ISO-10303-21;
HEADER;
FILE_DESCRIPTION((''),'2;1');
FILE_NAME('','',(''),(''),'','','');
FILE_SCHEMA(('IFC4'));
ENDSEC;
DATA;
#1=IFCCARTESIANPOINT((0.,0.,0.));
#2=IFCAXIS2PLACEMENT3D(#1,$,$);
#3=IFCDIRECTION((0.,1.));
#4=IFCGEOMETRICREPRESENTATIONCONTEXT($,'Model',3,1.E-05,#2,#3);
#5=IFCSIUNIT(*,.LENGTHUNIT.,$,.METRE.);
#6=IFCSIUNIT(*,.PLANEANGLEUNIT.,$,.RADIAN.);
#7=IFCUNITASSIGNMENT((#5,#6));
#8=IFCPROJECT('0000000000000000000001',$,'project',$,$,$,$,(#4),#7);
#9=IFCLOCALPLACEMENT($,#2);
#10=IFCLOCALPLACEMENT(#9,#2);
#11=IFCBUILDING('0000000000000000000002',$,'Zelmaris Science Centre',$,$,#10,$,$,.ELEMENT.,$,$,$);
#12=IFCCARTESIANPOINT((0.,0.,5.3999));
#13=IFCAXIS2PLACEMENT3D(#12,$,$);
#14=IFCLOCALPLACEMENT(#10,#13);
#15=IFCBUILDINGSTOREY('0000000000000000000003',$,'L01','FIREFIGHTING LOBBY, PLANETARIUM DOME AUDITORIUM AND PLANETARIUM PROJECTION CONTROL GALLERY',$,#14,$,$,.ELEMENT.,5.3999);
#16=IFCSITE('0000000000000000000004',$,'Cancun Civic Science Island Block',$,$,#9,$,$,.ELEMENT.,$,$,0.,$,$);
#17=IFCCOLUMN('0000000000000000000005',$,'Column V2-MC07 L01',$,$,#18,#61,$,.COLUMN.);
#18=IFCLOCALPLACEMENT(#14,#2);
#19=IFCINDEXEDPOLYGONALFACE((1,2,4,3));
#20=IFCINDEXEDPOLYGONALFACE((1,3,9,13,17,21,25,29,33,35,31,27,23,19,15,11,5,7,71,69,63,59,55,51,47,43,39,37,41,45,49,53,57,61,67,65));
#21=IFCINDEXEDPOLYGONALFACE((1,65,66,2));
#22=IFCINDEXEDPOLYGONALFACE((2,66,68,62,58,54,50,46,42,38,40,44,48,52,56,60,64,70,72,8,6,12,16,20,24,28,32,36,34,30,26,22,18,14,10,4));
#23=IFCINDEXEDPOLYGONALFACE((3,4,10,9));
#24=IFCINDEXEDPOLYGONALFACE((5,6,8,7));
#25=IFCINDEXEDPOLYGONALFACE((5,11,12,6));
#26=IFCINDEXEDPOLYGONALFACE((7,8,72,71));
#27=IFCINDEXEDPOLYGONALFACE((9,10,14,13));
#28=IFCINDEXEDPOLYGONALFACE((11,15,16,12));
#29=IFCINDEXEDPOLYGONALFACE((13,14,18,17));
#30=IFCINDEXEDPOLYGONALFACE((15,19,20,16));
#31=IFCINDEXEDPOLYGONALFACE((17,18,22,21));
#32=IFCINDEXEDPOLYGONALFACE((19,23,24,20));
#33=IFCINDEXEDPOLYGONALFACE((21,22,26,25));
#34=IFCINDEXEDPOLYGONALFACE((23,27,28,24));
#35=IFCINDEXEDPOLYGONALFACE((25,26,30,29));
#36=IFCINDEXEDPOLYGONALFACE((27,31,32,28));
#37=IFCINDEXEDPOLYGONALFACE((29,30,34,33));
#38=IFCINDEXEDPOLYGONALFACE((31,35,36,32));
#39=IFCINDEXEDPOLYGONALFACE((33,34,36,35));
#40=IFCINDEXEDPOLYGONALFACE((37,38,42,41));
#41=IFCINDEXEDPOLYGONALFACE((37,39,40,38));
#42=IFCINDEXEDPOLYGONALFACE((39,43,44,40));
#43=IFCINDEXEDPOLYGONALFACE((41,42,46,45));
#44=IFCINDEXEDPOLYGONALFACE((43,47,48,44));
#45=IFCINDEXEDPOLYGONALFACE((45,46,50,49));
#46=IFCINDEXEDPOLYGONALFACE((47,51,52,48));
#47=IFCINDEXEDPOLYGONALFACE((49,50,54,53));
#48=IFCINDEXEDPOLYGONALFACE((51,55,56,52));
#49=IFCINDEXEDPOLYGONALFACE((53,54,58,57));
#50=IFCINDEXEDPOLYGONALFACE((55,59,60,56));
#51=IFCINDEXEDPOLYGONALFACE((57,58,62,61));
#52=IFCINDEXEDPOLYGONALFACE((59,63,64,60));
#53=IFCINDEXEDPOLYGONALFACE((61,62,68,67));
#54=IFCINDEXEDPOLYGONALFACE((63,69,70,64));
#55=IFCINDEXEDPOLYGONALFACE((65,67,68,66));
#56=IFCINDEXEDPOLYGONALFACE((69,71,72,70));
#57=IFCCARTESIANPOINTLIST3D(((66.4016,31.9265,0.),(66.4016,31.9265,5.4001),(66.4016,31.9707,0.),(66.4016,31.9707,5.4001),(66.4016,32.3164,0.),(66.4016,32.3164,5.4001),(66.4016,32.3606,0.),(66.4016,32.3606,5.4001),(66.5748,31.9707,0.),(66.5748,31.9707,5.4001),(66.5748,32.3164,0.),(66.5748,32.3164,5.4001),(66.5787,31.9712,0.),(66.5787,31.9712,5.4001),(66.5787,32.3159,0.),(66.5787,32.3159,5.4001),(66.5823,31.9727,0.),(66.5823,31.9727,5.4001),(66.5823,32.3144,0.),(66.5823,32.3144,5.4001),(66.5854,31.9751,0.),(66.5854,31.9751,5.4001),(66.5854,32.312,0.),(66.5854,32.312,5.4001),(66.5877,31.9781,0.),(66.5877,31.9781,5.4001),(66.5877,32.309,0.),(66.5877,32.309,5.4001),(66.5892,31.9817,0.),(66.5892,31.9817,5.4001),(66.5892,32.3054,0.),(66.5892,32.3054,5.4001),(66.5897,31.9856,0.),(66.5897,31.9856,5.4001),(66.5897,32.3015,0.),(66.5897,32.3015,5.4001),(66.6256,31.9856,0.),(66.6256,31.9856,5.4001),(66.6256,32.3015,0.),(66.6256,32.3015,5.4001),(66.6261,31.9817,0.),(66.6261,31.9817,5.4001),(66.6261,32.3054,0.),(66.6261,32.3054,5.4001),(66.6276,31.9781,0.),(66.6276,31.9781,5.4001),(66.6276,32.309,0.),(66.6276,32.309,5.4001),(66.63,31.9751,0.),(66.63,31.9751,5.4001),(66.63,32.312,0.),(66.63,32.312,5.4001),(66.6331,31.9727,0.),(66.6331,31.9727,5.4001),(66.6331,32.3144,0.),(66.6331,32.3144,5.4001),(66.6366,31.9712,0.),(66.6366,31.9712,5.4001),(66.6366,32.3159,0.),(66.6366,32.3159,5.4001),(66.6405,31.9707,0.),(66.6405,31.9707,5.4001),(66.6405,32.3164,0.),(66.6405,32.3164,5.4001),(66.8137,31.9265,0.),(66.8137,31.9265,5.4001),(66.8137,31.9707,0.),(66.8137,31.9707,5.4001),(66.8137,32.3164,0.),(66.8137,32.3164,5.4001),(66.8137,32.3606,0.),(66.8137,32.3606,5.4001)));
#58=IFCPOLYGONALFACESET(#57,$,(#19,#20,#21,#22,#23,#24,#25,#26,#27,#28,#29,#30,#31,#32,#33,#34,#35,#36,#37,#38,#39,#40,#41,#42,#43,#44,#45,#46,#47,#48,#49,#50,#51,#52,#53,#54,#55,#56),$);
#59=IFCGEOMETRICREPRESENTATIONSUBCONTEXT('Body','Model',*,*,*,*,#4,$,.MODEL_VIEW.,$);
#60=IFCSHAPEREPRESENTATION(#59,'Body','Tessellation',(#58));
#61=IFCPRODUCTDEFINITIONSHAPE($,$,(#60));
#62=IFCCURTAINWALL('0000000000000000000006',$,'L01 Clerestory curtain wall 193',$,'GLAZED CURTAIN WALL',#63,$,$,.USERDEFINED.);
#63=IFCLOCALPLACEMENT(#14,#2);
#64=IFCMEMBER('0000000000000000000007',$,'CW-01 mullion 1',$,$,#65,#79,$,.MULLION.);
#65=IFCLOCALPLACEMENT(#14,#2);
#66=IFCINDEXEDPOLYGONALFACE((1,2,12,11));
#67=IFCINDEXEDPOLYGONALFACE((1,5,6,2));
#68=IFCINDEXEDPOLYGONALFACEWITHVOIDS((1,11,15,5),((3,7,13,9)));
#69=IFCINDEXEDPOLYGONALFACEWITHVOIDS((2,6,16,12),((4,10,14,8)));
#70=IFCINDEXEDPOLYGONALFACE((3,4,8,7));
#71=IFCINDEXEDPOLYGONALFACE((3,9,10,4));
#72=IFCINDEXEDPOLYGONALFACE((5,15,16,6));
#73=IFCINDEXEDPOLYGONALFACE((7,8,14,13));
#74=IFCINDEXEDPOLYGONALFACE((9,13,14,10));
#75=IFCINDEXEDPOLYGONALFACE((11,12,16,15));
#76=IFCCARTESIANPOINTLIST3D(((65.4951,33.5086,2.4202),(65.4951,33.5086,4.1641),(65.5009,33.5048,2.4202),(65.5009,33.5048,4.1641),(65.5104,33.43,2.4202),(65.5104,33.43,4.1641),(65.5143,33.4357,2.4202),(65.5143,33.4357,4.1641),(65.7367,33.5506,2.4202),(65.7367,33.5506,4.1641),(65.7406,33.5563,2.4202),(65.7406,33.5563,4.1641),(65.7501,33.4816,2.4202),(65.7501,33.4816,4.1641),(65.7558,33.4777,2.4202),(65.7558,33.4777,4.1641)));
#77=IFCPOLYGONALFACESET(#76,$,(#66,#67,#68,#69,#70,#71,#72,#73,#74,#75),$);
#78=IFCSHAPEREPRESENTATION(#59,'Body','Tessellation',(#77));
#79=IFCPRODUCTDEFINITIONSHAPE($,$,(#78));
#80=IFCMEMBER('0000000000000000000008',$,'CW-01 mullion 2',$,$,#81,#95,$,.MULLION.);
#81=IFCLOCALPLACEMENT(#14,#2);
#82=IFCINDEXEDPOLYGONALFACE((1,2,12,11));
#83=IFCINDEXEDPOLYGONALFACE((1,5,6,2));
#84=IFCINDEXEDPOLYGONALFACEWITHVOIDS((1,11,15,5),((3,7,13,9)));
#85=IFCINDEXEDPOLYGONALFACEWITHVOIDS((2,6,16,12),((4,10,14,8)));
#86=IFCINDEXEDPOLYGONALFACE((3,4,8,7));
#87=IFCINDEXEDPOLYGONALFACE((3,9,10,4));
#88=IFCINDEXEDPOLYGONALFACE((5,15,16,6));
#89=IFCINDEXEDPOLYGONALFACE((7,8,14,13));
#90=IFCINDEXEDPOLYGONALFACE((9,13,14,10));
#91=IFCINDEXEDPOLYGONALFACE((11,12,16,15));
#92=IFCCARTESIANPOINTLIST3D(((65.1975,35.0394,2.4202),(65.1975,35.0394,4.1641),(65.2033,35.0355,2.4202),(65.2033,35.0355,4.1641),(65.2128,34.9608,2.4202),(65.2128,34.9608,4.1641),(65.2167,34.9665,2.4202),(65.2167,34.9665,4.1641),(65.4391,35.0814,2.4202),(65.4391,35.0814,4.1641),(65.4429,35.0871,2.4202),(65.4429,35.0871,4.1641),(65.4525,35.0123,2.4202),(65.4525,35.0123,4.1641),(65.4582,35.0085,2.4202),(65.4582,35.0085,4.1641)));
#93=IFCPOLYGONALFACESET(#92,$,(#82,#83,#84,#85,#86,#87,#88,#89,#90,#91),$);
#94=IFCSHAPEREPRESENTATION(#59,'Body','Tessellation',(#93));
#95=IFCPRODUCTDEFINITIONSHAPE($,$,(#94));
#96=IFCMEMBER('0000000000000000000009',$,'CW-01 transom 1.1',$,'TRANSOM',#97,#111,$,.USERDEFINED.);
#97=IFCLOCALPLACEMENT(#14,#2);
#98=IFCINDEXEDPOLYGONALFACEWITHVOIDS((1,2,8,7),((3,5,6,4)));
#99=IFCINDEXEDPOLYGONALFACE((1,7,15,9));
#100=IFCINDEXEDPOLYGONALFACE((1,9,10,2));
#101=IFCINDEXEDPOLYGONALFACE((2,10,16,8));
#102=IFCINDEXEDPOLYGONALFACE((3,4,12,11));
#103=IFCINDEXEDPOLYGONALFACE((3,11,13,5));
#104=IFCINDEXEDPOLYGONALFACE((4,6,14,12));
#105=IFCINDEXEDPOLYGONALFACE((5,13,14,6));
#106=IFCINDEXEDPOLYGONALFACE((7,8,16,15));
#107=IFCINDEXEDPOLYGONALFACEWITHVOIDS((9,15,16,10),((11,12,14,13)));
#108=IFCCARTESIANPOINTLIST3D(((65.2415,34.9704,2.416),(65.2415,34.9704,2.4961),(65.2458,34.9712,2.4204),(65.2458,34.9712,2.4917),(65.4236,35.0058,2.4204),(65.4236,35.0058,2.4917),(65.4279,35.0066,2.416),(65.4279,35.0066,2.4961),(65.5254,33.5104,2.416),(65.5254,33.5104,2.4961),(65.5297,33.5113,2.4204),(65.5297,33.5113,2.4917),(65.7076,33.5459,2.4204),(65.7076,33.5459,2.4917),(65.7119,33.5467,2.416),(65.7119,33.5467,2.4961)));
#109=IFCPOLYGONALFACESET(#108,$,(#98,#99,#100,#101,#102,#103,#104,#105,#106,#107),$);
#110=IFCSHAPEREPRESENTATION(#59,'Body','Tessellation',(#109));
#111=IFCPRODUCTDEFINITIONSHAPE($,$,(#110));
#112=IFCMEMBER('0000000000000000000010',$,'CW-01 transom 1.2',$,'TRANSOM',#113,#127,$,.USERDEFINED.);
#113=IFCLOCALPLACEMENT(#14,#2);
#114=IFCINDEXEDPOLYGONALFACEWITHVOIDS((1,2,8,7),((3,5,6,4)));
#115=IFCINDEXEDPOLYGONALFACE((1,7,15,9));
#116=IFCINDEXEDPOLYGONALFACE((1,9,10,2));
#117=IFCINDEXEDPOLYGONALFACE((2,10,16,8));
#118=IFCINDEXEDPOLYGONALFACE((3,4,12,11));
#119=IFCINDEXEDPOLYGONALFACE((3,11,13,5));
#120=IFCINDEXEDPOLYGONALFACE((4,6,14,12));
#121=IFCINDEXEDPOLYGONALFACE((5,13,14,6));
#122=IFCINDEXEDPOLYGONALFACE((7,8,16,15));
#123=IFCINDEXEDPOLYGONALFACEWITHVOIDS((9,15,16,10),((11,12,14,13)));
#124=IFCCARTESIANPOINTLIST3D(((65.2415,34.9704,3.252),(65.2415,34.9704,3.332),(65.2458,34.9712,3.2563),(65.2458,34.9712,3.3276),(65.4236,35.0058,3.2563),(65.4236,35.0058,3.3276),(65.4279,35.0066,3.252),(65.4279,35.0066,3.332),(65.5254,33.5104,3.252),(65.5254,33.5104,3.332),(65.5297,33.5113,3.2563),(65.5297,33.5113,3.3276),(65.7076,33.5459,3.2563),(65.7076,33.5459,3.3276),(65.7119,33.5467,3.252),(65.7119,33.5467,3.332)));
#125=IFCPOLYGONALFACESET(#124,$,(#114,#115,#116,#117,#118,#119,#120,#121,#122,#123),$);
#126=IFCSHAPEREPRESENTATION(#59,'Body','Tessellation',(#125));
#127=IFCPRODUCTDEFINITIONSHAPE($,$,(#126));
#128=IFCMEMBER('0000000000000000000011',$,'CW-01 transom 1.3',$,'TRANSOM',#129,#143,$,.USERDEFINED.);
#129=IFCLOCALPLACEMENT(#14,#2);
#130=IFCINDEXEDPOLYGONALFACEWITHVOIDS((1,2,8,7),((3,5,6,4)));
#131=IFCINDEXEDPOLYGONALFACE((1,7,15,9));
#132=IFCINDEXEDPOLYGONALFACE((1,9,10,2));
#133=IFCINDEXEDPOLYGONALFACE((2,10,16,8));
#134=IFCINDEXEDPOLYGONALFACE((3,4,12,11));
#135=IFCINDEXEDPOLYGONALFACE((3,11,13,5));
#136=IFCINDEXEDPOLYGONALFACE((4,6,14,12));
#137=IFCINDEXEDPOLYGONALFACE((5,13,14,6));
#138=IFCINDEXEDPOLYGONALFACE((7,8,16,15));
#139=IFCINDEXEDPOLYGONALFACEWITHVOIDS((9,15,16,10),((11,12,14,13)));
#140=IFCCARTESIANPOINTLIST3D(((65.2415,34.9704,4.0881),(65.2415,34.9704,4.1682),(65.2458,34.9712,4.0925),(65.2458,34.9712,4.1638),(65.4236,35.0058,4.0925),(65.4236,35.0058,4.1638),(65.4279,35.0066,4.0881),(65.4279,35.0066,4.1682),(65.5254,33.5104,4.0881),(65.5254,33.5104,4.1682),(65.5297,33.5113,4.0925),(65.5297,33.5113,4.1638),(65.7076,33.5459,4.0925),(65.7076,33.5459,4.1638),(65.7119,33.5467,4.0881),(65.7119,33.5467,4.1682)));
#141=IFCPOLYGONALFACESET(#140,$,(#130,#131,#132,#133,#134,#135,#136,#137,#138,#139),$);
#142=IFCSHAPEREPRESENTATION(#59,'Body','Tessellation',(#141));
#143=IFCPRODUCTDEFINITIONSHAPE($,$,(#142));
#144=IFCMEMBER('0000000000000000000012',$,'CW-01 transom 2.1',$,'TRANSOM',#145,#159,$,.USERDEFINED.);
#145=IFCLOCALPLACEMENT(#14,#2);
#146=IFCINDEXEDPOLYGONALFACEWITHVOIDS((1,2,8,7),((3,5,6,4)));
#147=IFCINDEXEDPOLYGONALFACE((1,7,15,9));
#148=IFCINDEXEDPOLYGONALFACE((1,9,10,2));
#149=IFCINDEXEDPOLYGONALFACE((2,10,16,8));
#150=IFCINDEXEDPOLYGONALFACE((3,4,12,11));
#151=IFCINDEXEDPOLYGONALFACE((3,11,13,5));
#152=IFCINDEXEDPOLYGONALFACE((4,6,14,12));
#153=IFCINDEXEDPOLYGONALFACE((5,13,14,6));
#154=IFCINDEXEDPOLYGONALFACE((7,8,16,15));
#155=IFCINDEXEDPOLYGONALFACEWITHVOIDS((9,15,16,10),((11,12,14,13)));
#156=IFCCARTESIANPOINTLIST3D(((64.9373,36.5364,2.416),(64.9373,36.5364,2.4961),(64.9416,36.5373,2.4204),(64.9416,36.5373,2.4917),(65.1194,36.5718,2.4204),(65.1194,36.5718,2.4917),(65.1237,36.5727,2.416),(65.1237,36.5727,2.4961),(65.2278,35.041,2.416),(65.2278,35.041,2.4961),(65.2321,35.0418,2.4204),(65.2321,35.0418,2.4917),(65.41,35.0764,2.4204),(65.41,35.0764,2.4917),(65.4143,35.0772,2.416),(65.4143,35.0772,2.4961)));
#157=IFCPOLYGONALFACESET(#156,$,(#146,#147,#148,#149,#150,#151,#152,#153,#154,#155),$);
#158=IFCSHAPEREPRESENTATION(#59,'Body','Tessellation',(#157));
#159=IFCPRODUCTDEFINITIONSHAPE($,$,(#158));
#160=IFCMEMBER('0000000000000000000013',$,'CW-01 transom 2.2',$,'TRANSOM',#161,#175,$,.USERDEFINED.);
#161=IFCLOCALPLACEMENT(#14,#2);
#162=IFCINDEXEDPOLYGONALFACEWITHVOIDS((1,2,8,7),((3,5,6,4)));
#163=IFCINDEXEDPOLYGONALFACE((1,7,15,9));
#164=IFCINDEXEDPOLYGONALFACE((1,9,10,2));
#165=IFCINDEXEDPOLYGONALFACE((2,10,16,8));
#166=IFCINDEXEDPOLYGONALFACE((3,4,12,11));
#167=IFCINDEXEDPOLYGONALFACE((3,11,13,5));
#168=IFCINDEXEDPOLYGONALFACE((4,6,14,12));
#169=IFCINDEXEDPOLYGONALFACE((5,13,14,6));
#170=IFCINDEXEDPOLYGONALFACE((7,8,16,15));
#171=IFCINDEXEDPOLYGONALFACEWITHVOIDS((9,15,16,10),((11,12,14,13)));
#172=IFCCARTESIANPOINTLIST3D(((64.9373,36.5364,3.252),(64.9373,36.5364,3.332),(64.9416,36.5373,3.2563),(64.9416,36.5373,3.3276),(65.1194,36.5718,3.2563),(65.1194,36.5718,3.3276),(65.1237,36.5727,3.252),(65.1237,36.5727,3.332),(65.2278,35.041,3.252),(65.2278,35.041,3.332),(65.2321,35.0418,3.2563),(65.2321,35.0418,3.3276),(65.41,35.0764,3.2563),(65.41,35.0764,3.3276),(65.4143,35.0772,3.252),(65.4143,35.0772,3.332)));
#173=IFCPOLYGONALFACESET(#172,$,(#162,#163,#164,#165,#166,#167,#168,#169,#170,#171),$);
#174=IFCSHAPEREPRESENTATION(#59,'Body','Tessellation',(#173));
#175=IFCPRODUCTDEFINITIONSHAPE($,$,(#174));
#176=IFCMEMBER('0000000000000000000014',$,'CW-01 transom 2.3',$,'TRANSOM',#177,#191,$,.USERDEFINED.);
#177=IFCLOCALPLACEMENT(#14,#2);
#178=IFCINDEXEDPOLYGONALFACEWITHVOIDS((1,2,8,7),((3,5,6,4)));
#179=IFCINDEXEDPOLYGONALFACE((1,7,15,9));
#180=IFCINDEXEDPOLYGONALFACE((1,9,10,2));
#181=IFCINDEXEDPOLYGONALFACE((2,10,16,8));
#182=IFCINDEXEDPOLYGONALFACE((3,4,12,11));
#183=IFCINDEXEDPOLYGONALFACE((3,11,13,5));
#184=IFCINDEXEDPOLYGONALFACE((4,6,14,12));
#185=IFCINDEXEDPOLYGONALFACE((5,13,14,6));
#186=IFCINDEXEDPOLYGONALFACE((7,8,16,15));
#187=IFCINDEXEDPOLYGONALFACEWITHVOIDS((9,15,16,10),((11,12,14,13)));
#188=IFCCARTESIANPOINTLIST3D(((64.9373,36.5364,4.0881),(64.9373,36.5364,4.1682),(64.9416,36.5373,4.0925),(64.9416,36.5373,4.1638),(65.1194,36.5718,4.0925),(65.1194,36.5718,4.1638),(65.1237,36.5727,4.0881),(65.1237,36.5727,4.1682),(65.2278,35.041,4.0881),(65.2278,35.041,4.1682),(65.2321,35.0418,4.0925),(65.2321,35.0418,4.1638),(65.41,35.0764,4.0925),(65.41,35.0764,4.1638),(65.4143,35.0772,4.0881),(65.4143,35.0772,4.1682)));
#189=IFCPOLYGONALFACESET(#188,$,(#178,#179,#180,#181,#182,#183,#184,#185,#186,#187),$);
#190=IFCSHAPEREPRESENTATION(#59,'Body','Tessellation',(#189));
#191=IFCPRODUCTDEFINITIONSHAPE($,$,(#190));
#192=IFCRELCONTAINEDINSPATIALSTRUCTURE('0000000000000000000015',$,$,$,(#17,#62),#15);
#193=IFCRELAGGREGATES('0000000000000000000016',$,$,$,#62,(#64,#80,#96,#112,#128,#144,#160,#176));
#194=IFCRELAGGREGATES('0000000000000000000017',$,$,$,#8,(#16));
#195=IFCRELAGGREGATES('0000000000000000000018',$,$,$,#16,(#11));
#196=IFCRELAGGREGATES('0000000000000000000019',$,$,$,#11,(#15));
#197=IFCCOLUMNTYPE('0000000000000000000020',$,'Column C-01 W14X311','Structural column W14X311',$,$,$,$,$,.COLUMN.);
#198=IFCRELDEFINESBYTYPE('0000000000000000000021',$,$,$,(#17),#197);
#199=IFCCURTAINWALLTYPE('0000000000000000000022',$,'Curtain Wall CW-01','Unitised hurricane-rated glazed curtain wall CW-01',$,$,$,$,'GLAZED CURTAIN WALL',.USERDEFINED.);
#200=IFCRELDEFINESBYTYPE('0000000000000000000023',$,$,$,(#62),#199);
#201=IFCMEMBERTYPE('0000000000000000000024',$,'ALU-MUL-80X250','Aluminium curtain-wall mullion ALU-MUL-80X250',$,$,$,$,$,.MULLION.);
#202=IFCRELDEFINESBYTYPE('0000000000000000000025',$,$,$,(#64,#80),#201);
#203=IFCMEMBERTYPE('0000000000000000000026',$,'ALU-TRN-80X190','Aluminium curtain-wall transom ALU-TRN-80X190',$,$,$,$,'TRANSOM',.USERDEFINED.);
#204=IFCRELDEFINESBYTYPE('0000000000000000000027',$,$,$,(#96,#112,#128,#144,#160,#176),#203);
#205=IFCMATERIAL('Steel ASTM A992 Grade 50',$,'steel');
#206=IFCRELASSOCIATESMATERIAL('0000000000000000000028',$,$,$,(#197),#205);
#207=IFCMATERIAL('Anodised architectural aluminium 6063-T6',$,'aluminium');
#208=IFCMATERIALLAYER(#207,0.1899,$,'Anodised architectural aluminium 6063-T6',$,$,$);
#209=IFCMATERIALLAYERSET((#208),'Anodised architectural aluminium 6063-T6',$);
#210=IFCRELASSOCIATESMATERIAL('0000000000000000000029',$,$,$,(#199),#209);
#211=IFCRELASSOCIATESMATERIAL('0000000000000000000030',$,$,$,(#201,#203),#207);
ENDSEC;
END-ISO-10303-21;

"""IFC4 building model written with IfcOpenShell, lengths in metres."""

from ifc_helpers import new_model, si_unit, direction, frame, origin, origin_2d, place, context, subcontext, project, spatial, hollow_rectangle, i_section, extrude, material, layer, layer_set, material_profile, profile_set, type_object, element, aggregate, save


model = new_model("IFC4")

# Units and contexts
model_context = context("Model", 3, precision=1e-05, world=origin(), true_north=direction((0.0, 1.0)))
body_context = subcontext(model_context, "Body", "Model", "MODEL_VIEW")
ifc_project = project(units=[si_unit("LENGTHUNIT", "METRE"), si_unit("PLANEANGLEUNIT", "RADIAN")], contexts=[model_context])

# Site, building, storey
site_placement = place(None, origin())
site = spatial("IfcSite", under=ifc_project, at=site_placement, Name="Cancun Civic Science Island Block", CompositionType="ELEMENT", RefElevation=0.0)
building_placement = place(site_placement, origin())
building = spatial("IfcBuilding", under=site, at=building_placement, Name="Zelmaris Science Centre", CompositionType="ELEMENT")
storey_placement = place(building_placement, frame((0.0, 0.0, 5.3999)))
storey = spatial("IfcBuildingStorey", under=building, at=storey_placement, Name="L01", Description="FIREFIGHTING LOBBY, PLANETARIUM DOME AUDITORIUM AND PLANETARIUM PROJECTION CONTROL GALLERY", CompositionType="ELEMENT", Elevation=5.3999)

# Column
ifc_material_1 = material(Name="Steel ASTM A992 Grade 50", Category="steel")
ifc_material_profile_1 = material_profile(ifc_material_1, i_section(OverallWidth=0.4121, OverallDepth=0.4341, WebThickness=0.0359, FlangeThickness=0.0442, FilletRadius=0.0149, at=origin_2d()), Name="W14X311")
ifc_profile_set_1 = profile_set([ifc_material_profile_1], Name="Steel ASTM A992 Grade 50")
column_type = type_object("IfcColumnType", Name="Column C-01 W14X311", Description="Structural column W14X311", PredefinedType="COLUMN", material=ifc_profile_set_1)
column_placement = place(storey_placement, frame((66.6077, 32.1436, 0.0), z_axis=(0.0, 0.0, 1.0), x_axis=(1.0, 0.0, 0.0)))
element("IfcColumn", 1, at=column_placement, inside=storey, type_object=column_type, Name="Column V2-MC07 L01", PredefinedType="COLUMN", context=body_context, shape_type="SweptSolid", body=[
    extrude(i_section(OverallWidth=0.4121, OverallDepth=0.4341, WebThickness=0.0359, FlangeThickness=0.0442, FilletRadius=0.0149, at=origin_2d()), origin(), (0.0, 0.0, 1.0), 5.4001),
])

# Curtain wall, members
ifc_material_2 = material(Name="Anodised architectural aluminium 6063-T6", Category="aluminium")
ifc_layer_1 = layer(ifc_material_2, 0.1899, Name="Anodised architectural aluminium 6063-T6")
ifc_layer_set_1 = layer_set([ifc_layer_1], Name="Anodised architectural aluminium 6063-T6")
curtain_wall_type = type_object("IfcCurtainWallType", Name="Curtain Wall CW-01", Description="Unitised hurricane-rated glazed curtain wall CW-01", ElementType="GLAZED CURTAIN WALL", PredefinedType="USERDEFINED", material=ifc_layer_set_1)
curtain_wall_placement = place(storey_placement, origin())
curtain_wall = element("IfcCurtainWall", 2, at=curtain_wall_placement, inside=storey, type_object=curtain_wall_type, Name="L01 Clerestory curtain wall 193", ObjectType="GLAZED CURTAIN WALL", PredefinedType="USERDEFINED")
ifc_material_profile_2 = material_profile(ifc_material_2, hollow_rectangle(XDim=0.0801, YDim=0.25, WallThickness=0.0049, at=origin_2d()), Name="ALU-MUL-80X250")
ifc_profile_set_2 = profile_set([ifc_material_profile_2], Name="Anodised architectural aluminium 6063-T6")
member_type_1 = type_object("IfcMemberType", Name="ALU-MUL-80X250", Description="Aluminium curtain-wall mullion ALU-MUL-80X250", PredefinedType="MULLION", material=ifc_profile_set_2)
member_1_placement = place(storey_placement, frame((65.6255, 33.4932, 2.4202), z_axis=(0.0, 0.0, 1.0), x_axis=(-0.190802, 0.981629, 0.0)))
member_1 = element("IfcMember", 3, at=member_1_placement, type_object=member_type_1, Name="CW-01 mullion 1", PredefinedType="MULLION", context=body_context, shape_type="SweptSolid", body=[
    extrude(hollow_rectangle(XDim=0.0801, YDim=0.25, WallThickness=0.0049, at=origin_2d()), origin(), (0.0, 0.0, 1.0), 1.7439),
])
member_2_placement = place(storey_placement, frame((65.3279, 35.0239, 2.4202), z_axis=(0.0, 0.0, 1.0), x_axis=(-0.190802, 0.981629, 0.0)))
member_2 = element("IfcMember", 4, at=member_2_placement, type_object=member_type_1, Name="CW-01 mullion 2", PredefinedType="MULLION", context=body_context, shape_type="SweptSolid", body=[
    extrude(hollow_rectangle(XDim=0.0801, YDim=0.25, WallThickness=0.0049, at=origin_2d()), origin(), (0.0, 0.0, 1.0), 1.7439),
])
ifc_material_profile_3 = material_profile(ifc_material_2, hollow_rectangle(XDim=0.0801, YDim=0.1899, WallThickness=0.0044, at=origin_2d()), Name="ALU-TRN-80X190")
ifc_profile_set_3 = profile_set([ifc_material_profile_3], Name="Anodised architectural aluminium 6063-T6")
member_type_2 = type_object("IfcMemberType", Name="ALU-TRN-80X190", Description="Aluminium curtain-wall transom ALU-TRN-80X190", ElementType="TRANSOM", PredefinedType="USERDEFINED", material=ifc_profile_set_3)
member_3_placement = place(storey_placement, frame((65.6187, 33.5286, 2.4561), z_axis=(-0.190905, 0.981609, 0.0), x_axis=(0.0, 0.0, 1.0)))
member_3 = element("IfcMember", 5, at=member_3_placement, type_object=member_type_2, Name="CW-01 transom 1.1", ObjectType="TRANSOM", PredefinedType="USERDEFINED", context=body_context, shape_type="SweptSolid", body=[
    extrude(hollow_rectangle(XDim=0.0801, YDim=0.1899, WallThickness=0.0044, at=origin_2d()), origin(), (0.0, 0.0, 1.0), 1.4873),
])
member_4_placement = place(storey_placement, frame((65.6187, 33.5286, 3.292), z_axis=(-0.190905, 0.981609, 0.0), x_axis=(0.0, 0.0, 1.0)))
member_4 = element("IfcMember", 6, at=member_4_placement, type_object=member_type_2, Name="CW-01 transom 1.2", ObjectType="TRANSOM", PredefinedType="USERDEFINED", context=body_context, shape_type="SweptSolid", body=[
    extrude(hollow_rectangle(XDim=0.0801, YDim=0.1899, WallThickness=0.0044, at=origin_2d()), origin(), (0.0, 0.0, 1.0), 1.4873),
])
member_5_placement = place(storey_placement, frame((65.6187, 33.5286, 4.1282), z_axis=(-0.190905, 0.981609, 0.0), x_axis=(0.0, 0.0, 1.0)))
member_5 = element("IfcMember", 7, at=member_5_placement, type_object=member_type_2, Name="CW-01 transom 1.3", ObjectType="TRANSOM", PredefinedType="USERDEFINED", context=body_context, shape_type="SweptSolid", body=[
    extrude(hollow_rectangle(XDim=0.0801, YDim=0.1899, WallThickness=0.0044, at=origin_2d()), origin(), (0.0, 0.0, 1.0), 1.4873),
])
member_6_placement = place(storey_placement, frame((65.321, 35.0591, 2.4561), z_axis=(-0.19072, 0.981645, 0.0), x_axis=(0.0, 0.0, 1.0)))
member_6 = element("IfcMember", 8, at=member_6_placement, type_object=member_type_2, Name="CW-01 transom 2.1", ObjectType="TRANSOM", PredefinedType="USERDEFINED", context=body_context, shape_type="SweptSolid", body=[
    extrude(hollow_rectangle(XDim=0.0801, YDim=0.1899, WallThickness=0.0044, at=origin_2d()), origin(), (0.0, 0.0, 1.0), 1.5234),
])
member_7_placement = place(storey_placement, frame((65.321, 35.0591, 3.292), z_axis=(-0.19072, 0.981645, 0.0), x_axis=(0.0, 0.0, 1.0)))
member_7 = element("IfcMember", 9, at=member_7_placement, type_object=member_type_2, Name="CW-01 transom 2.2", ObjectType="TRANSOM", PredefinedType="USERDEFINED", context=body_context, shape_type="SweptSolid", body=[
    extrude(hollow_rectangle(XDim=0.0801, YDim=0.1899, WallThickness=0.0044, at=origin_2d()), origin(), (0.0, 0.0, 1.0), 1.5234),
])
member_8_placement = place(storey_placement, frame((65.321, 35.0591, 4.1282), z_axis=(-0.19072, 0.981645, 0.0), x_axis=(0.0, 0.0, 1.0)))
member_8 = element("IfcMember", 10, at=member_8_placement, type_object=member_type_2, Name="CW-01 transom 2.3", ObjectType="TRANSOM", PredefinedType="USERDEFINED", context=body_context, shape_type="SweptSolid", body=[
    extrude(hollow_rectangle(XDim=0.0801, YDim=0.1899, WallThickness=0.0044, at=origin_2d()), origin(), (0.0, 0.0, 1.0), 1.5234),
])

aggregate(curtain_wall, [member_1, member_2, member_3, member_4, member_5, member_6, member_7, member_8])

save(model, "model.ifc")
